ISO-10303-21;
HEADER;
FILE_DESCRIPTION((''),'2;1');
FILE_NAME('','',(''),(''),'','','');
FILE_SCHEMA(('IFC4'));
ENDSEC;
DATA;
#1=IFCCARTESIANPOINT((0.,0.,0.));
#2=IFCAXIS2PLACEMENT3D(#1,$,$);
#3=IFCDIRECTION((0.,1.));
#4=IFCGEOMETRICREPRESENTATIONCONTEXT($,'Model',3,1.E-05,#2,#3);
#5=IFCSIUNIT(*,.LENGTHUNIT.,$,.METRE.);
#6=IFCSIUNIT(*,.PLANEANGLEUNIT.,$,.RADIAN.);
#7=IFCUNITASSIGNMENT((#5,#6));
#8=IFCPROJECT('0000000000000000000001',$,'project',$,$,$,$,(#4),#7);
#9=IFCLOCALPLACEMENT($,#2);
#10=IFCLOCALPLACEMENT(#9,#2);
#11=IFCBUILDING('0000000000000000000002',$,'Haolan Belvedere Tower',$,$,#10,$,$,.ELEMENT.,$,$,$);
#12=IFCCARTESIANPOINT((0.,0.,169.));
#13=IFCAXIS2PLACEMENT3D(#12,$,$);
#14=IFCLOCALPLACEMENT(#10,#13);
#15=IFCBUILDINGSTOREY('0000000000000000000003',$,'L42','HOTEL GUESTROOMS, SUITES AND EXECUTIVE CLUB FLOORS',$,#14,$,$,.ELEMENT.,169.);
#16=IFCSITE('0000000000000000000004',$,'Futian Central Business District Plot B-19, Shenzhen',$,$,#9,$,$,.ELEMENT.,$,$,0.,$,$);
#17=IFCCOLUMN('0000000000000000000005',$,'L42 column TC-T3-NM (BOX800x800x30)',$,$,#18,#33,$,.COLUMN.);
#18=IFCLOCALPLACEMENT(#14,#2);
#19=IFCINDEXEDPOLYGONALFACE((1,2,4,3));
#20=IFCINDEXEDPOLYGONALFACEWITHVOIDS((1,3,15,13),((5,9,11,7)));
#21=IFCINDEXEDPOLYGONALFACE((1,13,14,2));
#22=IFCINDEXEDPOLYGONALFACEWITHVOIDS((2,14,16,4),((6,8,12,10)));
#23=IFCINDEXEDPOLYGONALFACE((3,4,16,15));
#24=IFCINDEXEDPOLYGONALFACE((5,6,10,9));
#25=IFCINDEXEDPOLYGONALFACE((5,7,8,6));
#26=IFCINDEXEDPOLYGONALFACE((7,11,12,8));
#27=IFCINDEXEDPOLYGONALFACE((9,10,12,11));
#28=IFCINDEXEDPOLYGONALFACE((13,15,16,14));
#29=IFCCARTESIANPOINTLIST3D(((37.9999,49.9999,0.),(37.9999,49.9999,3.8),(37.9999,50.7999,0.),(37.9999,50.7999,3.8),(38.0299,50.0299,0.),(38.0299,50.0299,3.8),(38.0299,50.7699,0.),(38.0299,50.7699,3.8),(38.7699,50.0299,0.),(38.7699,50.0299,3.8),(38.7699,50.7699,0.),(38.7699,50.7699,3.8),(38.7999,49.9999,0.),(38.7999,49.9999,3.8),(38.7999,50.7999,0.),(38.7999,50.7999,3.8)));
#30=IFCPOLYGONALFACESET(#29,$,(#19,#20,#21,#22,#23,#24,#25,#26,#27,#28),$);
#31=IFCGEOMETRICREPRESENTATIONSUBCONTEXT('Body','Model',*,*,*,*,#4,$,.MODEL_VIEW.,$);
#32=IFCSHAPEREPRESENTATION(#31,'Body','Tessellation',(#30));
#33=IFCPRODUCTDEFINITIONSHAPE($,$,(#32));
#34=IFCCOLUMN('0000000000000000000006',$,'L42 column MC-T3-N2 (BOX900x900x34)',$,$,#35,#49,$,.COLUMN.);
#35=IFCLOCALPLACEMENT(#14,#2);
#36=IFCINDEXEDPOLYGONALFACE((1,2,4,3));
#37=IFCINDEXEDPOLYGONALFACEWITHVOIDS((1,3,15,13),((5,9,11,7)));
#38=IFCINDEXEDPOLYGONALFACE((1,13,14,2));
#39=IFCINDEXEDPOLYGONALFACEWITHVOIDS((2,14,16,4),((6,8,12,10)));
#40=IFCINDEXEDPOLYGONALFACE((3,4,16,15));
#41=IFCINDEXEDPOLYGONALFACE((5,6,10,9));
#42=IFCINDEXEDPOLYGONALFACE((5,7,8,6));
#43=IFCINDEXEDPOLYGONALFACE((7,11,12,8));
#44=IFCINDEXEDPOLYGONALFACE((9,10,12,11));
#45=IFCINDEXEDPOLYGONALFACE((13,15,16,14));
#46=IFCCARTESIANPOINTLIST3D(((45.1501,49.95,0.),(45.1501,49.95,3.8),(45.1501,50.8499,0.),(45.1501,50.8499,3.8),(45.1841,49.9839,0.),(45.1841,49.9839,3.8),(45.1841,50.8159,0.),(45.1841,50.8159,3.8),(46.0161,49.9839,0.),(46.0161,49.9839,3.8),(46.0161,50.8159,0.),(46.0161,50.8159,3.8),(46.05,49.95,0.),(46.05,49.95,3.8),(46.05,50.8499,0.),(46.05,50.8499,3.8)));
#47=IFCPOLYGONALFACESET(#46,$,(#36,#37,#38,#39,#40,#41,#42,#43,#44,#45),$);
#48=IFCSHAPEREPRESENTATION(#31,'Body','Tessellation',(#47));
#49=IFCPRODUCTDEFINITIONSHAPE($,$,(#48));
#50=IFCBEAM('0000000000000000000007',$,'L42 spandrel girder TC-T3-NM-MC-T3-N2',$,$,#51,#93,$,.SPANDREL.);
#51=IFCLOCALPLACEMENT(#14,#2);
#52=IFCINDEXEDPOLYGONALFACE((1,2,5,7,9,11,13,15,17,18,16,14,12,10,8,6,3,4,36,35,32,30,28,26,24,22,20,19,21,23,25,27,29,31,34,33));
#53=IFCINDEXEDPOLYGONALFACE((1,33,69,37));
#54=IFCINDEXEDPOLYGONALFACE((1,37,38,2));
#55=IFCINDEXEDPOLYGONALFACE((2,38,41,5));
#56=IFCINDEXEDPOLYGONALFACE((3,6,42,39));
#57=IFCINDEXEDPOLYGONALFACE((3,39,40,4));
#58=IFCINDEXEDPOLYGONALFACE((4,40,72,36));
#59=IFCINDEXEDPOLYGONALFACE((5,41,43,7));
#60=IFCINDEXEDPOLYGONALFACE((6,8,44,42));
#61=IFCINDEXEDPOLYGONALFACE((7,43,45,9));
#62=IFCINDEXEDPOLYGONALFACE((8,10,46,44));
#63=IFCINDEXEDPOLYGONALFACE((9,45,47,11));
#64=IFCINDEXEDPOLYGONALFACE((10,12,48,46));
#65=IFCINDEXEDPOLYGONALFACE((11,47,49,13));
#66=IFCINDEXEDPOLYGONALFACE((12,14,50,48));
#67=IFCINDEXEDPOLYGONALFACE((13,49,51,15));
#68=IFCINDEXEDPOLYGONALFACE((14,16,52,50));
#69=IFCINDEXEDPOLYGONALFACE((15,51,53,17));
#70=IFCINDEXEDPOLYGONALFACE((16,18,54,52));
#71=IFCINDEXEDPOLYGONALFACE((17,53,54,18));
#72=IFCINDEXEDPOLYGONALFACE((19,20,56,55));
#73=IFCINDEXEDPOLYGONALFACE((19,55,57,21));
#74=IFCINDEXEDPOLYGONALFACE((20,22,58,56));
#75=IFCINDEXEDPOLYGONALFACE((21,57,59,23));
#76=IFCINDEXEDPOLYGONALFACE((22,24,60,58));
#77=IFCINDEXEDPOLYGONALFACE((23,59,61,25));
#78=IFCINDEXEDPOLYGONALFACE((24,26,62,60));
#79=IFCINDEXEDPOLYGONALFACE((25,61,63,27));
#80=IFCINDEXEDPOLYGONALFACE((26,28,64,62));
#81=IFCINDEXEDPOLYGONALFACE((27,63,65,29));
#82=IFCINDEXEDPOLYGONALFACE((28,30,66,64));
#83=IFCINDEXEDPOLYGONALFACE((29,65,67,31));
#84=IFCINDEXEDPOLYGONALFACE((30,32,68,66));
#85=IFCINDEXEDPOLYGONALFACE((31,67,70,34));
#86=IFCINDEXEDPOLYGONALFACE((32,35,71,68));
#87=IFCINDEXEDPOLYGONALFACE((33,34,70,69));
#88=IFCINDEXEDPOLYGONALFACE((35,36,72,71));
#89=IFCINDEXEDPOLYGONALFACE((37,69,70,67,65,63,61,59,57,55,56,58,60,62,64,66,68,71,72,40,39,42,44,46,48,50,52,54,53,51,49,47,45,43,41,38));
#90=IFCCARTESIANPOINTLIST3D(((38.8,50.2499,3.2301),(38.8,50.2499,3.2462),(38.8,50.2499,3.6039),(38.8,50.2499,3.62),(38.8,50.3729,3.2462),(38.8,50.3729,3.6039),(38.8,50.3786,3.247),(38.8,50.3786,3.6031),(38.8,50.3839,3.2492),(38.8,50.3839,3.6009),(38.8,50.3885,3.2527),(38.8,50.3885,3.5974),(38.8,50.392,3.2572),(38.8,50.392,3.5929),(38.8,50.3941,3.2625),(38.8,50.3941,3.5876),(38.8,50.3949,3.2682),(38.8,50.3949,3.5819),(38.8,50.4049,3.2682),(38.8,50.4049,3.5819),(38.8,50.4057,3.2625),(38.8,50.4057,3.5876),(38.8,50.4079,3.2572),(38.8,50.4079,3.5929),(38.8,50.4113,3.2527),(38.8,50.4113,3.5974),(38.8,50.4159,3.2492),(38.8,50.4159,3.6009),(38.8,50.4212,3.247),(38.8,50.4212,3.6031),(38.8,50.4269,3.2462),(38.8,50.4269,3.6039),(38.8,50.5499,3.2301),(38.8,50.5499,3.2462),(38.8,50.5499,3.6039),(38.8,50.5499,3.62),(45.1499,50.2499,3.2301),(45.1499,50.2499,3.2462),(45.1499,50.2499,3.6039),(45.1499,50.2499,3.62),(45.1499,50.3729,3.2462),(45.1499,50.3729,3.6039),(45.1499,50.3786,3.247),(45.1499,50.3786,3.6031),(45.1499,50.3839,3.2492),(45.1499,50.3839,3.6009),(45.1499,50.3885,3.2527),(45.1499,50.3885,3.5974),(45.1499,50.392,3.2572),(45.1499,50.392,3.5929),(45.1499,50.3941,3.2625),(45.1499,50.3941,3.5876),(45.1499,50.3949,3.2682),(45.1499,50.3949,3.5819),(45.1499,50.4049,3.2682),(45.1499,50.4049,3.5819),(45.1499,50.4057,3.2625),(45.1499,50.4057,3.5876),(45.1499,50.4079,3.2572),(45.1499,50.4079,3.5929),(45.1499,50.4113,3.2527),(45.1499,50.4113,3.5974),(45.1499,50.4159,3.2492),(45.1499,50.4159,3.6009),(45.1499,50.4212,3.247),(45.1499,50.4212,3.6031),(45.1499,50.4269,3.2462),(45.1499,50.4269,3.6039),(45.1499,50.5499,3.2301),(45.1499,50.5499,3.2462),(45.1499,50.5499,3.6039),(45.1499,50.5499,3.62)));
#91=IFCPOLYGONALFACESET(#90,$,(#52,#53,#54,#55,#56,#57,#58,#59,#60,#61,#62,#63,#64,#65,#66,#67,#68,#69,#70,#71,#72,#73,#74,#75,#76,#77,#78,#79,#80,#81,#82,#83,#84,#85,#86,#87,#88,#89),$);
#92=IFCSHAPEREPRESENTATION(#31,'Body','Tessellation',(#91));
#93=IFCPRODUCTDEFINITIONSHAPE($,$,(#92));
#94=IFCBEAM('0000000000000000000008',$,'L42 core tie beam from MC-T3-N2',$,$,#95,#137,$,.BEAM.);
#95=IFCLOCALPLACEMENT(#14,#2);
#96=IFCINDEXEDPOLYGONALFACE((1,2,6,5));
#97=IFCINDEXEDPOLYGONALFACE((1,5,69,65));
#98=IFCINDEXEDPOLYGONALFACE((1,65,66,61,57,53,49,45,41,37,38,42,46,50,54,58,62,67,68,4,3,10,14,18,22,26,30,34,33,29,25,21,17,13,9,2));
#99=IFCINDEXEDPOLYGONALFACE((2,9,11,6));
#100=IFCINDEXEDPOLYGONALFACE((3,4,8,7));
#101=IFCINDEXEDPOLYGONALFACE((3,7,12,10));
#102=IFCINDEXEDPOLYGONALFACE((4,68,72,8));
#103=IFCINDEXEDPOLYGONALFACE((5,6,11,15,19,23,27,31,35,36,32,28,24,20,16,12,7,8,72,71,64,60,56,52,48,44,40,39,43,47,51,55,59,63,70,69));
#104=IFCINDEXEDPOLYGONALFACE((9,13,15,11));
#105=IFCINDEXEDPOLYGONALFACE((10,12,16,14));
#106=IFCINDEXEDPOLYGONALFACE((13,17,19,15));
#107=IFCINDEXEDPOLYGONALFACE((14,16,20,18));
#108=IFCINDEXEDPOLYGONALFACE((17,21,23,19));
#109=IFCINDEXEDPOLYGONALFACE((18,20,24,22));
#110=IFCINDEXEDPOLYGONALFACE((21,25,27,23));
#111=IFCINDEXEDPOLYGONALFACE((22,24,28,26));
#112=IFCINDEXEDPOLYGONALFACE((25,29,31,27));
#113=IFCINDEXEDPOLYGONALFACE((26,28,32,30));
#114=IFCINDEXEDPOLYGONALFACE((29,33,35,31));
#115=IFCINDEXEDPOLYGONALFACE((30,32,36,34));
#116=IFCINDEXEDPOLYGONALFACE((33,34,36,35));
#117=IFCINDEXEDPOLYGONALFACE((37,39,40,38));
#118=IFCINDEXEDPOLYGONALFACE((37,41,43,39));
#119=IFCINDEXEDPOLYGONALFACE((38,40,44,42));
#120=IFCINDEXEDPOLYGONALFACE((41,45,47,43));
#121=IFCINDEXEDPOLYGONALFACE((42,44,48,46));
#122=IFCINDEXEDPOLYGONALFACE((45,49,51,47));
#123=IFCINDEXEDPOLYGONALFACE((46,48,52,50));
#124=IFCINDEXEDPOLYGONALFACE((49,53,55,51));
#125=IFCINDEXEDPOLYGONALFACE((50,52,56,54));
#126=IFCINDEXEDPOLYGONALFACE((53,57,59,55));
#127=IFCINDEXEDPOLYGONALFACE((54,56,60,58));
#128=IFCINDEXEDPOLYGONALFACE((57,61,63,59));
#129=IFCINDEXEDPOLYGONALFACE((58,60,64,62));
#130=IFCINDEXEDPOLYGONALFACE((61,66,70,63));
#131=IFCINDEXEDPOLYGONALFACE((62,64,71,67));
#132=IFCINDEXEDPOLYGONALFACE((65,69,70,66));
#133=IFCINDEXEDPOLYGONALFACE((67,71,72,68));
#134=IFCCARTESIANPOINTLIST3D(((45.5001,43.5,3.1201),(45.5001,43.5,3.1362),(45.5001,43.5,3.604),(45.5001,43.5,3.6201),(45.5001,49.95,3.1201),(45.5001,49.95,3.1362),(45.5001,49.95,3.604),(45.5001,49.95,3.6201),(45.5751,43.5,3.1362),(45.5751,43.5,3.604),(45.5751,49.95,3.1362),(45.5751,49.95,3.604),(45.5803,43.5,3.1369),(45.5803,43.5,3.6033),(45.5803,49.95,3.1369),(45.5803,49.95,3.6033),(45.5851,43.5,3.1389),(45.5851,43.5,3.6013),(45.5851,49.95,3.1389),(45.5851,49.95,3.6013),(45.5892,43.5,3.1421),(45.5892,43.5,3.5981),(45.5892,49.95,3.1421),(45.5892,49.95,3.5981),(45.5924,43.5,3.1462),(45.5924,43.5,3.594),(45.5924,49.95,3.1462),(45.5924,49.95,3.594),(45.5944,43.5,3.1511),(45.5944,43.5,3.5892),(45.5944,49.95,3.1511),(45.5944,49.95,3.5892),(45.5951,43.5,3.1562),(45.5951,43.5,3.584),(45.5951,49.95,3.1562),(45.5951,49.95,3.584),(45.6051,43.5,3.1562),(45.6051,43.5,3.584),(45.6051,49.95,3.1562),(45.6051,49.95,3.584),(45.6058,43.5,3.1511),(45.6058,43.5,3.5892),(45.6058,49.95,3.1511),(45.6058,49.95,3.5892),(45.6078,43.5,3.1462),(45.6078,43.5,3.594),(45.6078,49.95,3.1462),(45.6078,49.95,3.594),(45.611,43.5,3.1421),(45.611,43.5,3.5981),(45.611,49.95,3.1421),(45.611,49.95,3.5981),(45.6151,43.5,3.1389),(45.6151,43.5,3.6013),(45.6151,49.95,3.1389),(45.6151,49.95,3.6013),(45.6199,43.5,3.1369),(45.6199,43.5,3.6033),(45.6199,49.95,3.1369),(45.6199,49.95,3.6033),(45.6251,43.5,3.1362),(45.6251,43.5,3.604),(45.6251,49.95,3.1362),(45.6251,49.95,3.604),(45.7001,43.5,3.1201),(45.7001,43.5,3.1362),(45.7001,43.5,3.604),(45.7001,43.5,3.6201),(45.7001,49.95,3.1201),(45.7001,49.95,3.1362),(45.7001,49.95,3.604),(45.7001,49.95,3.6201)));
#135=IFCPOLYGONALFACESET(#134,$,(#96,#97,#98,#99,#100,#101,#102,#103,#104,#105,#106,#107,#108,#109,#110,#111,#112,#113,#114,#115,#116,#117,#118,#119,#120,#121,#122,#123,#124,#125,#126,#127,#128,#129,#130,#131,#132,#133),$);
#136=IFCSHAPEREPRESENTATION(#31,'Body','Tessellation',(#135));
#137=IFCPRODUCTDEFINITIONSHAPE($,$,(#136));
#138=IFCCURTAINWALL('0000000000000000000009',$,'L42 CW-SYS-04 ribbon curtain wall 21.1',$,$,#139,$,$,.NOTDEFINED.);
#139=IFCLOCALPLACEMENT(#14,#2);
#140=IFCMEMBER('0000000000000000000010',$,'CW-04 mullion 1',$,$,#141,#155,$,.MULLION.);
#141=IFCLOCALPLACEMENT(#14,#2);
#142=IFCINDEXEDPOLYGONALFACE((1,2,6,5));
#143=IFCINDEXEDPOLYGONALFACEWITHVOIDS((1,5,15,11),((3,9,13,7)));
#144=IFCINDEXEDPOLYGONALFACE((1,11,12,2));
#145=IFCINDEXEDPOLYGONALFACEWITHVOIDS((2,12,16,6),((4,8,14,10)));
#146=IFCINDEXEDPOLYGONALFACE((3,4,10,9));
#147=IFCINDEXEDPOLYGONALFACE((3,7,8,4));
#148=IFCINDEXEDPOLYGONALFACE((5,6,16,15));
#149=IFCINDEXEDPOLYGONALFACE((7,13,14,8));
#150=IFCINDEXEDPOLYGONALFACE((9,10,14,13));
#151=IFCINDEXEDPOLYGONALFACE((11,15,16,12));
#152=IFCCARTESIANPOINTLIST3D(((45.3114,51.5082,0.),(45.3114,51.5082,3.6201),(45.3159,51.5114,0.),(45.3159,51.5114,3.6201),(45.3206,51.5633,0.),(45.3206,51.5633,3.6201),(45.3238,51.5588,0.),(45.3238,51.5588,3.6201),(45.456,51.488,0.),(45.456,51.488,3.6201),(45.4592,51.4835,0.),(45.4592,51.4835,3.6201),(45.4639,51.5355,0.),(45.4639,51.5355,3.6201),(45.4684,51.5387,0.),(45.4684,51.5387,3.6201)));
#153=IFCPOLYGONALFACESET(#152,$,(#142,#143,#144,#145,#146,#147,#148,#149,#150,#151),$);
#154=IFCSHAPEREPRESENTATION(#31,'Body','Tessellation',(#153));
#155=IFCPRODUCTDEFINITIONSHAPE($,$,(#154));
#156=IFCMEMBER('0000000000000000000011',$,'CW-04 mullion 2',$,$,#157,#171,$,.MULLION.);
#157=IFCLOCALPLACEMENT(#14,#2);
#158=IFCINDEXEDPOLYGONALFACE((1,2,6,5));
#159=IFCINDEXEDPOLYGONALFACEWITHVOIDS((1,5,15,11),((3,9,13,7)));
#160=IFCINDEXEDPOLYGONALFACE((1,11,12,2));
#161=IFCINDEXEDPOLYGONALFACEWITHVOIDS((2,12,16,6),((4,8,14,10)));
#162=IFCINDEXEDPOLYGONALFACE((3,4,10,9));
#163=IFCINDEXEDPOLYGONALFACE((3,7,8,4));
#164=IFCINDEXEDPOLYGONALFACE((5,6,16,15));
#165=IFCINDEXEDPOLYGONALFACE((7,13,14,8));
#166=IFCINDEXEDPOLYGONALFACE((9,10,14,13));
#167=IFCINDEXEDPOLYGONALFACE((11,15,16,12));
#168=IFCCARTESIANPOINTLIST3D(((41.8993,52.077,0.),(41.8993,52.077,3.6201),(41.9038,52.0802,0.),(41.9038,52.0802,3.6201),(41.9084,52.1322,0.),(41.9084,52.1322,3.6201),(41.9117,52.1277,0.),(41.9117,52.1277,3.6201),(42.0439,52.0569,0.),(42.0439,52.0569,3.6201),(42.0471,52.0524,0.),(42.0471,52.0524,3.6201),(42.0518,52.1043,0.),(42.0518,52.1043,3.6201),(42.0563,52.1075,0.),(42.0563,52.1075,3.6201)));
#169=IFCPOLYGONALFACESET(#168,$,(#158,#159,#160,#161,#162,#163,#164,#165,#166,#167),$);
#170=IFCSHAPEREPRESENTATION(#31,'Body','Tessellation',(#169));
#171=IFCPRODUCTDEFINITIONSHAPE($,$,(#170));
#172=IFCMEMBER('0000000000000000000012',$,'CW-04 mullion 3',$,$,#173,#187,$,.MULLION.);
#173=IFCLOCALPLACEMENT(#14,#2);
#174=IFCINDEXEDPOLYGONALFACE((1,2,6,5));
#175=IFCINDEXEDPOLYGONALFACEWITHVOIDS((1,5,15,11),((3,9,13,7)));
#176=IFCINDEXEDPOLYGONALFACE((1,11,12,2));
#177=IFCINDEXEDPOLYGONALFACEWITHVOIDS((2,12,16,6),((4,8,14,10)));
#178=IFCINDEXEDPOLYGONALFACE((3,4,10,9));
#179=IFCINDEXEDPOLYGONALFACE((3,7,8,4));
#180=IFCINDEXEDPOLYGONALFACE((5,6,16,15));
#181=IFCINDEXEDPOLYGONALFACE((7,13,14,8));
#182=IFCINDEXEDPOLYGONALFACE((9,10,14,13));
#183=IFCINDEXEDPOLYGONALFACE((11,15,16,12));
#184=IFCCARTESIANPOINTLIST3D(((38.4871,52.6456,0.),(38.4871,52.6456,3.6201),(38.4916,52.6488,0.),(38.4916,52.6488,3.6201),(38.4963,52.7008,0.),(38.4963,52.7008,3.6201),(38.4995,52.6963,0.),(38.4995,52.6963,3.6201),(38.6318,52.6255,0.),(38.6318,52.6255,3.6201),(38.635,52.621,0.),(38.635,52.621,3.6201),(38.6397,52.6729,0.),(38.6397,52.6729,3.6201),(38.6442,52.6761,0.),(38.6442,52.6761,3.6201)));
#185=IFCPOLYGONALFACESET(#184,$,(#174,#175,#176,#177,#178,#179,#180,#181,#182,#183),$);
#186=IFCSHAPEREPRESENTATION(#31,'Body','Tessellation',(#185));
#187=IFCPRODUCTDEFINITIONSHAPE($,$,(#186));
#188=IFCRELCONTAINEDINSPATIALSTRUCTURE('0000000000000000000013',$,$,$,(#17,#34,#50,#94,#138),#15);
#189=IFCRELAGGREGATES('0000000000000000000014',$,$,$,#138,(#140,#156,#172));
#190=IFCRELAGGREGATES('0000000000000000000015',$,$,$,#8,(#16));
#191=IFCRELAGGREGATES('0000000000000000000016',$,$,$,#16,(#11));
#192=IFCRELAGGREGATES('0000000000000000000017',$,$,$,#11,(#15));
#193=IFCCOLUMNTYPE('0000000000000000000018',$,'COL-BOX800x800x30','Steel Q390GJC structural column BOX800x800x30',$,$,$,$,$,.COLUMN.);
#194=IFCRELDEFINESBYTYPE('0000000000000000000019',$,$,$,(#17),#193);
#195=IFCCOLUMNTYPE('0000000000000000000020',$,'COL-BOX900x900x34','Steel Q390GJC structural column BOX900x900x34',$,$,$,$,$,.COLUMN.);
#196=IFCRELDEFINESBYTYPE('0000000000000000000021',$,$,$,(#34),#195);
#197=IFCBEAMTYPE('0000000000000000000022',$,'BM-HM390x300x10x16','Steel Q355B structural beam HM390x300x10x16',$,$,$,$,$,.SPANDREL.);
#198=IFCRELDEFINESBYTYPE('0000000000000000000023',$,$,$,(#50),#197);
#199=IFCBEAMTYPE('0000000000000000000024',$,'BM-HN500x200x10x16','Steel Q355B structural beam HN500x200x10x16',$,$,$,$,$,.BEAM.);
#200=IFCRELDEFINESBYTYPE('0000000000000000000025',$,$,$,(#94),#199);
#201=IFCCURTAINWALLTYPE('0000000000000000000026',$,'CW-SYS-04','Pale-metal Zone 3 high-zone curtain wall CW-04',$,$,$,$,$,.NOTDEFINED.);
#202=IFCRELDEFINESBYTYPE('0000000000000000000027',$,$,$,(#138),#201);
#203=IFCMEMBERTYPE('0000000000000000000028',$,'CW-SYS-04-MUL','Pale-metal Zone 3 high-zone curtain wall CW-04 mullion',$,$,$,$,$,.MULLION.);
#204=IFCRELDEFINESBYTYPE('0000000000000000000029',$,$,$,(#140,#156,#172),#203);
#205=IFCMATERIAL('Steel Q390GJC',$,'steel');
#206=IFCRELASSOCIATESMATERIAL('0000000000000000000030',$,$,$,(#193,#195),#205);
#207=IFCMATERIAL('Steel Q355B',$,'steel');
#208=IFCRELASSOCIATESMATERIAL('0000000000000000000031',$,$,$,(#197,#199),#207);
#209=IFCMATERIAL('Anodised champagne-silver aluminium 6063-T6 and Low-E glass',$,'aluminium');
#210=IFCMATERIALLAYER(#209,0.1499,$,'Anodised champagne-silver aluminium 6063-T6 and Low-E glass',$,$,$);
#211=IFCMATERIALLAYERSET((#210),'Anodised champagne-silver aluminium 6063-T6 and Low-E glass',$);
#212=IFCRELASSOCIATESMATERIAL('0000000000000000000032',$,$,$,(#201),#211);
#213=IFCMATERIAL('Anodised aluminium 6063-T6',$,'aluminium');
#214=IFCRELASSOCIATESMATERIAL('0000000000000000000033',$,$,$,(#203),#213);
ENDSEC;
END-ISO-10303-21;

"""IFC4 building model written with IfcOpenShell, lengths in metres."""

from ifc_helpers import new_model, si_unit, direction, frame, origin, origin_2d, place, context, subcontext, project, spatial, hollow_rectangle, i_section, extrude, material, layer, layer_set, material_profile, profile_set, type_object, element, aggregate, save


model = new_model("IFC4")

# Units and contexts
model_context = context("Model", 3, precision=1e-05, world=origin(), true_north=direction((0.0, 1.0)))
body_context = subcontext(model_context, "Body", "Model", "MODEL_VIEW")
ifc_project = project(units=[si_unit("LENGTHUNIT", "METRE"), si_unit("PLANEANGLEUNIT", "RADIAN")], contexts=[model_context])

# Site, building, storey
site_placement = place(None, origin())
site = spatial("IfcSite", under=ifc_project, at=site_placement, Name="Futian Central Business District Plot B-19, Shenzhen", CompositionType="ELEMENT", RefElevation=0.0)
building_placement = place(site_placement, origin())
building = spatial("IfcBuilding", under=site, at=building_placement, Name="Haolan Belvedere Tower", CompositionType="ELEMENT")
storey_placement = place(building_placement, frame((0.0, 0.0, 169.0)))
storey = spatial("IfcBuildingStorey", under=building, at=storey_placement, Name="L42", Description="HOTEL GUESTROOMS, SUITES AND EXECUTIVE CLUB FLOORS", CompositionType="ELEMENT", Elevation=169.0)

# Columns
ifc_material_1 = material(Name="Steel Q390GJC", Category="steel")
ifc_material_profile_1 = material_profile(ifc_material_1, hollow_rectangle(XDim=0.8, YDim=0.8, WallThickness=0.03, at=origin_2d()), Name="Steel Q390GJC")
ifc_profile_set_1 = profile_set([ifc_material_profile_1], Name="Steel Q390GJC")
column_type_1 = type_object("IfcColumnType", Name="COL-BOX800x800x30", Description="Steel Q390GJC structural column BOX800x800x30", PredefinedType="COLUMN", material=ifc_profile_set_1)
column_1_placement = place(storey_placement, frame((38.3999, 50.3999, 0.0), z_axis=(0.0, 0.0, 1.0), x_axis=(1.0, 0.0, 0.0)))
element("IfcColumn", 1, at=column_1_placement, inside=storey, type_object=column_type_1, Name="L42 column TC-T3-NM (BOX800x800x30)", PredefinedType="COLUMN", context=body_context, shape_type="SweptSolid", body=[
    extrude(hollow_rectangle(XDim=0.8, YDim=0.8, WallThickness=0.03, at=origin_2d()), origin(), (0.0, 0.0, 1.0), 3.8),
])
ifc_material_profile_2 = material_profile(ifc_material_1, hollow_rectangle(XDim=0.8999, YDim=0.8999, WallThickness=0.0339, at=origin_2d()), Name="Steel Q390GJC")
ifc_profile_set_2 = profile_set([ifc_material_profile_2], Name="Steel Q390GJC")
column_type_2 = type_object("IfcColumnType", Name="COL-BOX900x900x34", Description="Steel Q390GJC structural column BOX900x900x34", PredefinedType="COLUMN", material=ifc_profile_set_2)
column_2_placement = place(storey_placement, frame((45.6001, 50.3999, 0.0), z_axis=(0.0, 0.0, 1.0), x_axis=(1.0, 0.0, 0.0)))
element("IfcColumn", 2, at=column_2_placement, inside=storey, type_object=column_type_2, Name="L42 column MC-T3-N2 (BOX900x900x34)", PredefinedType="COLUMN", context=body_context, shape_type="SweptSolid", body=[
    extrude(hollow_rectangle(XDim=0.8999, YDim=0.8999, WallThickness=0.0339, at=origin_2d()), origin(), (0.0, 0.0, 1.0), 3.8),
])

# Beams
ifc_material_2 = material(Name="Steel Q355B", Category="steel")
ifc_material_profile_3 = material_profile(ifc_material_2, i_section(OverallWidth=0.3, OverallDepth=0.3899, WebThickness=0.01, FlangeThickness=0.0161, FilletRadius=0.022, at=origin_2d()), Name="Steel Q355B")
ifc_profile_set_3 = profile_set([ifc_material_profile_3], Name="Steel Q355B")
beam_type_1 = type_object("IfcBeamType", Name="BM-HM390x300x10x16", Description="Steel Q355B structural beam HM390x300x10x16", PredefinedType="SPANDREL", material=ifc_profile_set_3)
beam_1_placement = place(storey_placement, frame((38.8, 50.3999, 3.425), z_axis=(1.0, 0.0, 0.0), x_axis=(0.0, 1.0, 0.0)))
element("IfcBeam", 3, at=beam_1_placement, inside=storey, type_object=beam_type_1, Name="L42 spandrel girder TC-T3-NM-MC-T3-N2", PredefinedType="SPANDREL", context=body_context, shape_type="SweptSolid", body=[
    extrude(i_section(OverallWidth=0.3, OverallDepth=0.3899, WebThickness=0.01, FlangeThickness=0.0161, FilletRadius=0.022, at=origin_2d()), origin(), (0.0, 0.0, 1.0), 6.3499),
])
ifc_material_profile_4 = material_profile(ifc_material_2, i_section(OverallWidth=0.2, OverallDepth=0.5, WebThickness=0.01, FlangeThickness=0.0161, FilletRadius=0.02, at=origin_2d()), Name="Steel Q355B")
ifc_profile_set_4 = profile_set([ifc_material_profile_4], Name="Steel Q355B")
beam_type_2 = type_object("IfcBeamType", Name="BM-HN500x200x10x16", Description="Steel Q355B structural beam HN500x200x10x16", PredefinedType="BEAM", material=ifc_profile_set_4)
beam_2_placement = place(storey_placement, frame((45.6001, 49.95, 3.3701), z_axis=(0.0, -1.0, 0.0), x_axis=(1.0, 0.0, 0.0)))
element("IfcBeam", 4, at=beam_2_placement, inside=storey, type_object=beam_type_2, Name="L42 core tie beam from MC-T3-N2", PredefinedType="BEAM", context=body_context, shape_type="SweptSolid", body=[
    extrude(i_section(OverallWidth=0.2, OverallDepth=0.5, WebThickness=0.01, FlangeThickness=0.0161, FilletRadius=0.02, at=origin_2d()), origin(), (0.0, 0.0, 1.0), 6.45),
])

# Curtain wall, members
ifc_material_3 = material(Name="Anodised champagne-silver aluminium 6063-T6 and Low-E glass", Category="aluminium")
ifc_layer_1 = layer(ifc_material_3, 0.1499, Name="Anodised champagne-silver aluminium 6063-T6 and Low-E glass")
ifc_layer_set_1 = layer_set([ifc_layer_1], Name="Anodised champagne-silver aluminium 6063-T6 and Low-E glass")
curtain_wall_type = type_object("IfcCurtainWallType", Name="CW-SYS-04", Description="Pale-metal Zone 3 high-zone curtain wall CW-04", PredefinedType="NOTDEFINED", material=ifc_layer_set_1)
curtain_wall_placement = place(storey_placement, origin())
curtain_wall = element("IfcCurtainWall", 5, at=curtain_wall_placement, inside=storey, type_object=curtain_wall_type, Name="L42 CW-SYS-04 ribbon curtain wall 21.1", PredefinedType="NOTDEFINED")
ifc_material_4 = material(Name="Anodised aluminium 6063-T6", Category="aluminium")
ifc_material_profile_5 = material_profile(ifc_material_4, hollow_rectangle(XDim=0.0559, YDim=0.1499, WallThickness=0.0039, at=origin_2d()), Name="Anodised aluminium 6063-T6")
ifc_profile_set_5 = profile_set([ifc_material_profile_5], Name="Anodised aluminium 6063-T6")
member_type_1 = type_object("IfcMemberType", Name="CW-SYS-04-MUL", Description="Pale-metal Zone 3 high-zone curtain wall CW-04 mullion", PredefinedType="MULLION", material=ifc_profile_set_5)
member_1_placement = place(storey_placement, frame((45.3899, 51.5234, 0.0), z_axis=(0.0, 0.0, 1.0), x_axis=(-0.164406, -0.986393, 0.0)))
member_1 = element("IfcMember", 6, at=member_1_placement, type_object=member_type_1, Name="CW-04 mullion 1", PredefinedType="MULLION", context=body_context, shape_type="SweptSolid", body=[
    extrude(hollow_rectangle(XDim=0.0559, YDim=0.1499, WallThickness=0.0039, at=origin_2d()), origin(), (0.0, 0.0, 1.0), 3.6201),
])
member_2_placement = place(storey_placement, frame((41.9778, 52.0923, 0.0), z_axis=(0.0, 0.0, 1.0), x_axis=(-0.164406, -0.986393, 0.0)))
member_2 = element("IfcMember", 7, at=member_2_placement, type_object=member_type_1, Name="CW-04 mullion 2", PredefinedType="MULLION", context=body_context, shape_type="SweptSolid", body=[
    extrude(hollow_rectangle(XDim=0.0559, YDim=0.1499, WallThickness=0.0039, at=origin_2d()), origin(), (0.0, 0.0, 1.0), 3.6201),
])
member_3_placement = place(storey_placement, frame((38.5657, 52.6609, 0.0), z_axis=(0.0, 0.0, 1.0), x_axis=(-0.164406, -0.986393, 0.0)))
member_3 = element("IfcMember", 8, at=member_3_placement, type_object=member_type_1, Name="CW-04 mullion 3", PredefinedType="MULLION", context=body_context, shape_type="SweptSolid", body=[
    extrude(hollow_rectangle(XDim=0.0559, YDim=0.1499, WallThickness=0.0039, at=origin_2d()), origin(), (0.0, 0.0, 1.0), 3.6201),
])
aggregate(curtain_wall, [member_1, member_2, member_3])

save(model, "model.ifc")
